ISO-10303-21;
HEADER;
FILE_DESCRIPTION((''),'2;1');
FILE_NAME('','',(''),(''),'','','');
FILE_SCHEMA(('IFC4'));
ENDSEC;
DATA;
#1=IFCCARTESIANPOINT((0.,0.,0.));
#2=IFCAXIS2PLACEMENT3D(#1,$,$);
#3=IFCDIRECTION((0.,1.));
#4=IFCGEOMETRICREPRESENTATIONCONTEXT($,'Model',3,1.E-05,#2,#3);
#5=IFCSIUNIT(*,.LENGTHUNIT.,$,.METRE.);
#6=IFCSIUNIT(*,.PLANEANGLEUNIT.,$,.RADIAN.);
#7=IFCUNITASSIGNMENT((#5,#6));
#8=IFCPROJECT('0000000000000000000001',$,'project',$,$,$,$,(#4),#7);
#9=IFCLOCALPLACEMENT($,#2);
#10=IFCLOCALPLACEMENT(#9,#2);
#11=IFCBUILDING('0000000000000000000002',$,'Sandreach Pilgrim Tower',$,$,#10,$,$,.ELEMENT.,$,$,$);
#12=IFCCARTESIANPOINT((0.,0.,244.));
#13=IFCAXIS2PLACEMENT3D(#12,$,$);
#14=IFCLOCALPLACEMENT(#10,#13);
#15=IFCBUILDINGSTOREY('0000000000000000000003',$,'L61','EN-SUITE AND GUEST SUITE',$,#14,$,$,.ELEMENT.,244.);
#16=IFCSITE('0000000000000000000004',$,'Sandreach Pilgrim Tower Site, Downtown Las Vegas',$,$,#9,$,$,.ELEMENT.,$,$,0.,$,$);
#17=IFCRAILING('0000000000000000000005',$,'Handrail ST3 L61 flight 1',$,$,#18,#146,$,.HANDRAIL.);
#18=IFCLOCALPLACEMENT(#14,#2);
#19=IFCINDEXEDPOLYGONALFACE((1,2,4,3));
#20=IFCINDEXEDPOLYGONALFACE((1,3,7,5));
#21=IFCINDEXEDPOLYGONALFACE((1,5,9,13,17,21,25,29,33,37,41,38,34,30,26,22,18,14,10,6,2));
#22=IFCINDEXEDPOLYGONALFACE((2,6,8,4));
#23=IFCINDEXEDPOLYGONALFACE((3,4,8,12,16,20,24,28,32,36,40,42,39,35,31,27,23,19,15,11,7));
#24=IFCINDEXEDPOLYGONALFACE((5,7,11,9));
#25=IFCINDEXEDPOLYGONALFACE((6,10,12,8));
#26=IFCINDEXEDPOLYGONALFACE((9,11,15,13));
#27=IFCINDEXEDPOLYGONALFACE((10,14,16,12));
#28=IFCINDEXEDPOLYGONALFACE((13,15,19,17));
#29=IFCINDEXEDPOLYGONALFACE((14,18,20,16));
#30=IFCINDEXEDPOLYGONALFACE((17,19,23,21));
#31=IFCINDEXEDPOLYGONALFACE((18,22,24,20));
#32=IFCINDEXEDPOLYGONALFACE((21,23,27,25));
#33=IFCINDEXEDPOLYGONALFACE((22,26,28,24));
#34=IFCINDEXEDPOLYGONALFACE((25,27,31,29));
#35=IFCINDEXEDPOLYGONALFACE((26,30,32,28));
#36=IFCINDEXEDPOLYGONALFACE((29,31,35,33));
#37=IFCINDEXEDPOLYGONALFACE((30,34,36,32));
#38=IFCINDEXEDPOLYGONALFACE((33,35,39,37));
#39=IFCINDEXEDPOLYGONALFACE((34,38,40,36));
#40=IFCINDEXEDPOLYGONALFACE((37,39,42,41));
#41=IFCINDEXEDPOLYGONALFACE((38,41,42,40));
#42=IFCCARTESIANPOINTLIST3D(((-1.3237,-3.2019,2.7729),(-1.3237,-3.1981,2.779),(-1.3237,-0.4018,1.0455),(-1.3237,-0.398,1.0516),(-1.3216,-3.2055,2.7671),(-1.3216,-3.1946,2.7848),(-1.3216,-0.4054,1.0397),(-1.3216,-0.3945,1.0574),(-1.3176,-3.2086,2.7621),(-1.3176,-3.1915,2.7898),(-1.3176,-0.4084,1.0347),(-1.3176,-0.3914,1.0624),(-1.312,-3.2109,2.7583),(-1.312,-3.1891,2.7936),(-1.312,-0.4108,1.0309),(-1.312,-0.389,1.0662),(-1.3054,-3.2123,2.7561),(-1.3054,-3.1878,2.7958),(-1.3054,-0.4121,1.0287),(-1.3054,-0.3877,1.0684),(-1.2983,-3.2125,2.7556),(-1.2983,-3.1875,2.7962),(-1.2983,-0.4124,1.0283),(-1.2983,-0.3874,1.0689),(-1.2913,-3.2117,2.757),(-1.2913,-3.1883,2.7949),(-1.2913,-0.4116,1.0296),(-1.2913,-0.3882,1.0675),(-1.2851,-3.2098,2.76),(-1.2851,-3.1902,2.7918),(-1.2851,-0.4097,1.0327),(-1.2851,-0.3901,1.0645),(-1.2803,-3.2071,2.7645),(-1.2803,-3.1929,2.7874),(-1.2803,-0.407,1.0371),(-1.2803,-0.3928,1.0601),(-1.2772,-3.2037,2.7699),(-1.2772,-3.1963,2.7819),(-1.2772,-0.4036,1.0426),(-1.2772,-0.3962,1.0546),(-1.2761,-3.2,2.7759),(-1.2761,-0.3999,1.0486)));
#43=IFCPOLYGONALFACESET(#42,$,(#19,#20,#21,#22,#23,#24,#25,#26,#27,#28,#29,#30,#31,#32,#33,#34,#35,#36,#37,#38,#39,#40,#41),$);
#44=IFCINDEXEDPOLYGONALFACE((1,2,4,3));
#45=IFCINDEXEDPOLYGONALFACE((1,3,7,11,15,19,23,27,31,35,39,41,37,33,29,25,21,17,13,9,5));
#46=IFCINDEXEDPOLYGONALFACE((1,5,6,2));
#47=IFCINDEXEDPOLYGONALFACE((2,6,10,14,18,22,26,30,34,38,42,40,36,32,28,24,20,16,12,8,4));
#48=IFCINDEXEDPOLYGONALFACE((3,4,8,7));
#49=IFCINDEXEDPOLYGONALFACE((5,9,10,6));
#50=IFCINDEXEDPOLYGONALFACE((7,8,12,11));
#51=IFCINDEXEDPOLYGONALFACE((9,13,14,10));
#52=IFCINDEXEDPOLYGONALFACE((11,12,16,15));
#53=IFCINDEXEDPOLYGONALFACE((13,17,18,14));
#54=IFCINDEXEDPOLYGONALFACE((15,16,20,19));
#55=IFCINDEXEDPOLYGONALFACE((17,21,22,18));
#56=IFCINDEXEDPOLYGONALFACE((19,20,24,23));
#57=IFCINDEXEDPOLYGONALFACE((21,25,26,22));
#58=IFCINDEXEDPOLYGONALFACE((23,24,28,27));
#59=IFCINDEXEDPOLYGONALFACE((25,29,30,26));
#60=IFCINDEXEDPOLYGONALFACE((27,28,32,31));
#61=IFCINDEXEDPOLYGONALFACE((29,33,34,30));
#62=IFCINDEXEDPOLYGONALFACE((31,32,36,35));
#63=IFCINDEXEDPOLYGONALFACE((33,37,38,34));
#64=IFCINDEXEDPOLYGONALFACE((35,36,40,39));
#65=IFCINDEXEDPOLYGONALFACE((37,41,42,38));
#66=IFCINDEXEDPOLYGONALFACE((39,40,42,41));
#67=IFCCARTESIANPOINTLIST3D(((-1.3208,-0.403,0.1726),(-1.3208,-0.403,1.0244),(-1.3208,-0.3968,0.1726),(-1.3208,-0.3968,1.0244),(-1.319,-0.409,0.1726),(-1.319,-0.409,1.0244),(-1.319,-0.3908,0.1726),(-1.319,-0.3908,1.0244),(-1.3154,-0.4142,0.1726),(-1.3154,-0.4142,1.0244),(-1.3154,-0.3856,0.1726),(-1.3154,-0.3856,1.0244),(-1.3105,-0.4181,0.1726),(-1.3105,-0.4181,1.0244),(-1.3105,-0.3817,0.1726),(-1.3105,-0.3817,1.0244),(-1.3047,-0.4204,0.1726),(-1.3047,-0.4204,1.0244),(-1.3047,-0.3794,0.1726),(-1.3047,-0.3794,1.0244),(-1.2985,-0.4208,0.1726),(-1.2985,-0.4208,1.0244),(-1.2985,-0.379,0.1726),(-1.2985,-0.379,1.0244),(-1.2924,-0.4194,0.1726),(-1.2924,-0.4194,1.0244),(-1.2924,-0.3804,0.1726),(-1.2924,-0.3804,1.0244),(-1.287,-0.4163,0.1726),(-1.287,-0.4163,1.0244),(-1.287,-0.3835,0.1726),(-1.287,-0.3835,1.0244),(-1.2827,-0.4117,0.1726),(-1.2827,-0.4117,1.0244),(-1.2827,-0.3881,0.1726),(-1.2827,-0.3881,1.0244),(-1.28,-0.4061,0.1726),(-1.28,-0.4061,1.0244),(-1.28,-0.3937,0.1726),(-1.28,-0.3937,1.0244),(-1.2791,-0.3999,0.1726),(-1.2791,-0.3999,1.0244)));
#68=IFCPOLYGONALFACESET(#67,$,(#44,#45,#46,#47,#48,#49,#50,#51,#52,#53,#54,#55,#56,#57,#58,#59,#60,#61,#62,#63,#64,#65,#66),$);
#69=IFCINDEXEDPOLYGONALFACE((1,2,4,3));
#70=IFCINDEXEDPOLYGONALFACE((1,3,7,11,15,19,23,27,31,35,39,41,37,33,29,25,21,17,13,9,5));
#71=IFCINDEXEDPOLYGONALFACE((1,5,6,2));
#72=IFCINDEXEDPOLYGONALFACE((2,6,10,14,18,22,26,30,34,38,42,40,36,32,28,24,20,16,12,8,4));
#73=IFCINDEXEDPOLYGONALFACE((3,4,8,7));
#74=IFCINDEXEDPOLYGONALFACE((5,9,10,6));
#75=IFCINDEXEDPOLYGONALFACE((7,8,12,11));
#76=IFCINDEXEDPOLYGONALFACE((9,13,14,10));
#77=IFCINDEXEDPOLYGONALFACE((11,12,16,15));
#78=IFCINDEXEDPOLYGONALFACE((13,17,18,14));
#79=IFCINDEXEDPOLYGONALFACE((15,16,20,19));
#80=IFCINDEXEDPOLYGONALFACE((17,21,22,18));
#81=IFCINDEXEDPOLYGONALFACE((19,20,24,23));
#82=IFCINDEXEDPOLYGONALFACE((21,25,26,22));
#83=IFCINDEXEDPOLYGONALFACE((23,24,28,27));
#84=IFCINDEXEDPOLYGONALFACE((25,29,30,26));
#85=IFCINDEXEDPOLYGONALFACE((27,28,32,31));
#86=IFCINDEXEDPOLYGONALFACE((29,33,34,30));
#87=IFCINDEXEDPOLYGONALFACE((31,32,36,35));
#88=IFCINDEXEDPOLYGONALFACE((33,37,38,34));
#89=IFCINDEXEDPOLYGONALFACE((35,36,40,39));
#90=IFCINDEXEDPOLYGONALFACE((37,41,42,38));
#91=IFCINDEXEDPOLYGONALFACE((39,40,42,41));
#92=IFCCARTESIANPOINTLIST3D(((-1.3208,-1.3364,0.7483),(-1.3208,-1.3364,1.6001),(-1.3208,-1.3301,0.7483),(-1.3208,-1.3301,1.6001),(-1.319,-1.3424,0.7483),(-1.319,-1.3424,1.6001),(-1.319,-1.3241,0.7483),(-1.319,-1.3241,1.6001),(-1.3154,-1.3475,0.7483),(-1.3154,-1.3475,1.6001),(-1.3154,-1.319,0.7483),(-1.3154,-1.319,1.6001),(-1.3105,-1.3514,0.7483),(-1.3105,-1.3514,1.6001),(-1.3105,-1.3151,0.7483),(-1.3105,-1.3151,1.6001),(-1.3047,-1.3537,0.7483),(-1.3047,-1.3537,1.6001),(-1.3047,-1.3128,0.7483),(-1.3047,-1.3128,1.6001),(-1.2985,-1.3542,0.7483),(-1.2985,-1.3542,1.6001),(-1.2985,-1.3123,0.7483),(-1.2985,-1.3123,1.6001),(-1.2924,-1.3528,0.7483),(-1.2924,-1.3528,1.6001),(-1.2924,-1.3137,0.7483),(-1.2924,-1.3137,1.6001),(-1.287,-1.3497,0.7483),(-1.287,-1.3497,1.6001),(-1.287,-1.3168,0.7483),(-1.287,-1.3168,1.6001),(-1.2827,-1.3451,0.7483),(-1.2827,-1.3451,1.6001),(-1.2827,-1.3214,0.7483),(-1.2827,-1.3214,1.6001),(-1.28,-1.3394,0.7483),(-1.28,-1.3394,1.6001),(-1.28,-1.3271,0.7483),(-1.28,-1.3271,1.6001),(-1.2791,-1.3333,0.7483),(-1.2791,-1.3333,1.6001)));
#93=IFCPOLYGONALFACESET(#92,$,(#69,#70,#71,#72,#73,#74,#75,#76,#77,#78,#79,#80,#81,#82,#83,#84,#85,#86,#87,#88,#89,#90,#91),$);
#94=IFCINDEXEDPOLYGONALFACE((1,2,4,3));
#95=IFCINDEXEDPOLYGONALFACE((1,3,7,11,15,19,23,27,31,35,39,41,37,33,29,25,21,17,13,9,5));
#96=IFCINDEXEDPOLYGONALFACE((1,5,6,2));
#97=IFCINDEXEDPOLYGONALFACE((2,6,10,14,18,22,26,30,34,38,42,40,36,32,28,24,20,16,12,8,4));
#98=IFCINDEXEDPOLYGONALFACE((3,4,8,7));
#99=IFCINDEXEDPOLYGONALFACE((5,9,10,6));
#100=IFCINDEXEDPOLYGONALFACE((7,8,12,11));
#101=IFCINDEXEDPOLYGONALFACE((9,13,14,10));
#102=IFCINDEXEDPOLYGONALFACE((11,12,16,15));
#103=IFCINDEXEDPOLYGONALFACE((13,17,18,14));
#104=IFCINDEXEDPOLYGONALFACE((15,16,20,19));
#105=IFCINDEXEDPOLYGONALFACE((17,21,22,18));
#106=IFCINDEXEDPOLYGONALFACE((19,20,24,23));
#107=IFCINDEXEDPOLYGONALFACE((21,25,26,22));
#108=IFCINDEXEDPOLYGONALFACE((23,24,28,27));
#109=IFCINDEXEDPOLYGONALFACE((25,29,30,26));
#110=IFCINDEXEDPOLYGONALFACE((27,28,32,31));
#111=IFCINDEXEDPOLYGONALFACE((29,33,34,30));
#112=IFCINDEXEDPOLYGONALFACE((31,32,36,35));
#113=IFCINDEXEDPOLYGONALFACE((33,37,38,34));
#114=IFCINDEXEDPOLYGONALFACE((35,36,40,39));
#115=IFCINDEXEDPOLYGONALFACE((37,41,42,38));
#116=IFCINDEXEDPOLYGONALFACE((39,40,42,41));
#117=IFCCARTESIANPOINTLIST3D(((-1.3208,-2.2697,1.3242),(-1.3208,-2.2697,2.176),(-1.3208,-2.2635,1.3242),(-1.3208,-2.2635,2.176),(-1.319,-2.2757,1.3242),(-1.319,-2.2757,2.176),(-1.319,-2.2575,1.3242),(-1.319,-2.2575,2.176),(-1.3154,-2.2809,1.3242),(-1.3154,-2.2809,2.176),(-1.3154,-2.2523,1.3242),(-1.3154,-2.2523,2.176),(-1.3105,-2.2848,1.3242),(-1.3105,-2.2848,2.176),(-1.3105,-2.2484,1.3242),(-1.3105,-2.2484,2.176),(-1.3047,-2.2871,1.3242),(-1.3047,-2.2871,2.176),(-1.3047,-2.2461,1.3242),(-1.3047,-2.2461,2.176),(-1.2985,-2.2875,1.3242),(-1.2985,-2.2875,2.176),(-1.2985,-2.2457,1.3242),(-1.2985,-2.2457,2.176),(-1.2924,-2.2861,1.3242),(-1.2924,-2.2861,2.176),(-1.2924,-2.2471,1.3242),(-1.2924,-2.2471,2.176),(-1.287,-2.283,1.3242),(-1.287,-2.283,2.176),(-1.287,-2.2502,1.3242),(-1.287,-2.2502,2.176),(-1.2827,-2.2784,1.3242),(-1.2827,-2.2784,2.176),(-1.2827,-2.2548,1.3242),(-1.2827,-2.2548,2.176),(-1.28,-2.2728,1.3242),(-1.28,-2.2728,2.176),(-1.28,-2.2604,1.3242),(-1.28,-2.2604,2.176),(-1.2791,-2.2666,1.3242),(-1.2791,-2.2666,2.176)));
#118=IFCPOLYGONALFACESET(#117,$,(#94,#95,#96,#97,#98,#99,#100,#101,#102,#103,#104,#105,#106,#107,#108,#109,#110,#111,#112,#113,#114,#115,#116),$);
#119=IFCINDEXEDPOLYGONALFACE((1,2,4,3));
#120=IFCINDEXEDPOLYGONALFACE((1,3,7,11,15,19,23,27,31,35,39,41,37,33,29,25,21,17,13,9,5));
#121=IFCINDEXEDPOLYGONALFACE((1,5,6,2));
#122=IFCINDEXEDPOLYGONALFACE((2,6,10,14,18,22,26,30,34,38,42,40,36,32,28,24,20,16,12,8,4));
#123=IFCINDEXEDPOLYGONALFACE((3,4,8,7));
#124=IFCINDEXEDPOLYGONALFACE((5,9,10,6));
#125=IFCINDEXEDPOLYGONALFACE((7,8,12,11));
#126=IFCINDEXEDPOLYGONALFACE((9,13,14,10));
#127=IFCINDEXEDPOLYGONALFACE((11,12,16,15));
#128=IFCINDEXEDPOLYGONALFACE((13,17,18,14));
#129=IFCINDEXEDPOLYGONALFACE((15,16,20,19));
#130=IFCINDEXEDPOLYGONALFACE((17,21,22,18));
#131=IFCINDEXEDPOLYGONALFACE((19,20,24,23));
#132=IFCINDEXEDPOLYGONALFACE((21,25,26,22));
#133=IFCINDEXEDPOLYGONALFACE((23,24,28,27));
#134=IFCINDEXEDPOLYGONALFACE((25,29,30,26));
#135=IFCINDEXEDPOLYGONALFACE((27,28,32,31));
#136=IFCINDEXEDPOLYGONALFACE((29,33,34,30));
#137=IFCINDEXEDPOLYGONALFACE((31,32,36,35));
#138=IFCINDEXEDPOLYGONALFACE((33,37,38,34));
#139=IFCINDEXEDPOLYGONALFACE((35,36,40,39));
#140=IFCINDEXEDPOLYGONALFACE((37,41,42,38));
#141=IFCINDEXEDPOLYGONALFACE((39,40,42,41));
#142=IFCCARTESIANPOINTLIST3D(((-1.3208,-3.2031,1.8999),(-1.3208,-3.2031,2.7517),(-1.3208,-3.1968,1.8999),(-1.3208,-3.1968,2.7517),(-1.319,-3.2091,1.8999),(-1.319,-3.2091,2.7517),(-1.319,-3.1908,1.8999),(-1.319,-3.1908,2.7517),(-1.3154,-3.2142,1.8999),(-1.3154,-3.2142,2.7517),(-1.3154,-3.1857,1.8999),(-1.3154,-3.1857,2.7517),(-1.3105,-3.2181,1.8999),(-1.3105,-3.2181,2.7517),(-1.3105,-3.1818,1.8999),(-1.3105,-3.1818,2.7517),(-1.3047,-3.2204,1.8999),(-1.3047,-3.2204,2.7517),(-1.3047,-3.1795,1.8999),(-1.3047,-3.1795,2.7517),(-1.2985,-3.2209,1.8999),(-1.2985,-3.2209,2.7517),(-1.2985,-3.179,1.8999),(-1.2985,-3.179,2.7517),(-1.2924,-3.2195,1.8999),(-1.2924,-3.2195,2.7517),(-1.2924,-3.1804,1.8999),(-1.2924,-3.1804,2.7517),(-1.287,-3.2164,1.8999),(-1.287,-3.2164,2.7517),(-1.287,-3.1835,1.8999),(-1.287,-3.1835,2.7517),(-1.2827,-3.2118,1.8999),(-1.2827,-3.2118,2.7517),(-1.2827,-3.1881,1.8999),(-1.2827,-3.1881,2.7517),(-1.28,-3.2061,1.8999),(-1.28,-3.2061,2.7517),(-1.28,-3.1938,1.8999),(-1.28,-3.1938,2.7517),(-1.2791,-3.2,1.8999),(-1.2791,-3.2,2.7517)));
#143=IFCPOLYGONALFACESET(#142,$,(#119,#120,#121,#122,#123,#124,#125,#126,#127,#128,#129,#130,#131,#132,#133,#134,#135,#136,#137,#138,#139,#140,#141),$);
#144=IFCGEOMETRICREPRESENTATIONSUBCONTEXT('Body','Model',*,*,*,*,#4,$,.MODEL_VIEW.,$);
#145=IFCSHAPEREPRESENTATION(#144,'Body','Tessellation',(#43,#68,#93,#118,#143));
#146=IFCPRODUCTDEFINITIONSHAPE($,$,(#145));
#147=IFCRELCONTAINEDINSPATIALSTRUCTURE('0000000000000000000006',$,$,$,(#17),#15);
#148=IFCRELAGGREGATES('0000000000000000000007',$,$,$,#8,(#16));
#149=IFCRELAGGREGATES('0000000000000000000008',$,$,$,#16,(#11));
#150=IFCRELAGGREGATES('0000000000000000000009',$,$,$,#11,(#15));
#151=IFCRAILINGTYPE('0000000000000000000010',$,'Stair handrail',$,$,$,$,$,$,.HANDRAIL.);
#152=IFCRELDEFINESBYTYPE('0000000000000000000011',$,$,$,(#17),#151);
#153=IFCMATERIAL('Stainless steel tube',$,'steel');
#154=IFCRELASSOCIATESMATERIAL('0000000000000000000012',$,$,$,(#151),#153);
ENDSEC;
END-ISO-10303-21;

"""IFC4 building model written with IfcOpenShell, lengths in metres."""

from ifc_helpers import new_model, si_unit, direction, frame, origin, origin_2d, place, context, subcontext, project, spatial, circle, extrude, material, type_object, element, save


model = new_model("IFC4")

# Units and contexts
model_context = context("Model", 3, precision=1e-05, world=origin(), true_north=direction((0.0, 1.0)))
body_context = subcontext(model_context, "Body", "Model", "MODEL_VIEW")
ifc_project = project(units=[si_unit("LENGTHUNIT", "METRE"), si_unit("PLANEANGLEUNIT", "RADIAN")], contexts=[model_context])

# Site, building, storey
site_placement = place(None, origin())
site = spatial("IfcSite", under=ifc_project, at=site_placement, Name="Sandreach Pilgrim Tower Site, Downtown Las Vegas", CompositionType="ELEMENT", RefElevation=0.0)
building_placement = place(site_placement, origin())
building = spatial("IfcBuilding", under=site, at=building_placement, Name="Sandreach Pilgrim Tower", CompositionType="ELEMENT")
storey_placement = place(building_placement, frame((0.0, 0.0, 244.0)))
storey = spatial("IfcBuildingStorey", under=building, at=storey_placement, Name="L61", Description="EN-SUITE AND GUEST SUITE", CompositionType="ELEMENT", Elevation=244.0)

# Railing
ifc_material_1 = material(Name="Stainless steel tube", Category="steel")
railing_type = type_object("IfcRailingType", Name="Stair handrail", PredefinedType="HANDRAIL", material=ifc_material_1)
for number, where, name in (
    (1, (-1.3, -0.3999, 0.1726), "Handrail ST3 L61 flight 1"),
):
    element("IfcRailing", number, at=place(storey_placement, frame(where)), inside=storey, type_object=railing_type, Name=name, PredefinedType="HANDRAIL", context=body_context, shape_type="SweptSolid", body=[
        extrude(circle(Radius=0.0239, at=origin_2d()), frame((0.0, 0.0, 0.876), z_axis=(0.0, -0.85109, 0.52502), x_axis=(1.0, 0.0, 0.0)), (0.0, 0.0, 1.0), 3.29),
        extrude(circle(Radius=0.021, at=origin_2d()), origin(), (0.0, 0.0, 1.0), 0.8518),
        extrude(circle(Radius=0.021, at=origin_2d()), frame((0.0, -0.9333, 0.5757)), (0.0, 0.0, 1.0), 0.8518),
        extrude(circle(Radius=0.021, at=origin_2d()), frame((0.0, -1.8667, 1.1516)), (0.0, 0.0, 1.0), 0.8518),
        extrude(circle(Radius=0.021, at=origin_2d()), frame((0.0, -2.8, 1.7273)), (0.0, 0.0, 1.0), 0.8518),
    ])

save(model, "model.ifc")
